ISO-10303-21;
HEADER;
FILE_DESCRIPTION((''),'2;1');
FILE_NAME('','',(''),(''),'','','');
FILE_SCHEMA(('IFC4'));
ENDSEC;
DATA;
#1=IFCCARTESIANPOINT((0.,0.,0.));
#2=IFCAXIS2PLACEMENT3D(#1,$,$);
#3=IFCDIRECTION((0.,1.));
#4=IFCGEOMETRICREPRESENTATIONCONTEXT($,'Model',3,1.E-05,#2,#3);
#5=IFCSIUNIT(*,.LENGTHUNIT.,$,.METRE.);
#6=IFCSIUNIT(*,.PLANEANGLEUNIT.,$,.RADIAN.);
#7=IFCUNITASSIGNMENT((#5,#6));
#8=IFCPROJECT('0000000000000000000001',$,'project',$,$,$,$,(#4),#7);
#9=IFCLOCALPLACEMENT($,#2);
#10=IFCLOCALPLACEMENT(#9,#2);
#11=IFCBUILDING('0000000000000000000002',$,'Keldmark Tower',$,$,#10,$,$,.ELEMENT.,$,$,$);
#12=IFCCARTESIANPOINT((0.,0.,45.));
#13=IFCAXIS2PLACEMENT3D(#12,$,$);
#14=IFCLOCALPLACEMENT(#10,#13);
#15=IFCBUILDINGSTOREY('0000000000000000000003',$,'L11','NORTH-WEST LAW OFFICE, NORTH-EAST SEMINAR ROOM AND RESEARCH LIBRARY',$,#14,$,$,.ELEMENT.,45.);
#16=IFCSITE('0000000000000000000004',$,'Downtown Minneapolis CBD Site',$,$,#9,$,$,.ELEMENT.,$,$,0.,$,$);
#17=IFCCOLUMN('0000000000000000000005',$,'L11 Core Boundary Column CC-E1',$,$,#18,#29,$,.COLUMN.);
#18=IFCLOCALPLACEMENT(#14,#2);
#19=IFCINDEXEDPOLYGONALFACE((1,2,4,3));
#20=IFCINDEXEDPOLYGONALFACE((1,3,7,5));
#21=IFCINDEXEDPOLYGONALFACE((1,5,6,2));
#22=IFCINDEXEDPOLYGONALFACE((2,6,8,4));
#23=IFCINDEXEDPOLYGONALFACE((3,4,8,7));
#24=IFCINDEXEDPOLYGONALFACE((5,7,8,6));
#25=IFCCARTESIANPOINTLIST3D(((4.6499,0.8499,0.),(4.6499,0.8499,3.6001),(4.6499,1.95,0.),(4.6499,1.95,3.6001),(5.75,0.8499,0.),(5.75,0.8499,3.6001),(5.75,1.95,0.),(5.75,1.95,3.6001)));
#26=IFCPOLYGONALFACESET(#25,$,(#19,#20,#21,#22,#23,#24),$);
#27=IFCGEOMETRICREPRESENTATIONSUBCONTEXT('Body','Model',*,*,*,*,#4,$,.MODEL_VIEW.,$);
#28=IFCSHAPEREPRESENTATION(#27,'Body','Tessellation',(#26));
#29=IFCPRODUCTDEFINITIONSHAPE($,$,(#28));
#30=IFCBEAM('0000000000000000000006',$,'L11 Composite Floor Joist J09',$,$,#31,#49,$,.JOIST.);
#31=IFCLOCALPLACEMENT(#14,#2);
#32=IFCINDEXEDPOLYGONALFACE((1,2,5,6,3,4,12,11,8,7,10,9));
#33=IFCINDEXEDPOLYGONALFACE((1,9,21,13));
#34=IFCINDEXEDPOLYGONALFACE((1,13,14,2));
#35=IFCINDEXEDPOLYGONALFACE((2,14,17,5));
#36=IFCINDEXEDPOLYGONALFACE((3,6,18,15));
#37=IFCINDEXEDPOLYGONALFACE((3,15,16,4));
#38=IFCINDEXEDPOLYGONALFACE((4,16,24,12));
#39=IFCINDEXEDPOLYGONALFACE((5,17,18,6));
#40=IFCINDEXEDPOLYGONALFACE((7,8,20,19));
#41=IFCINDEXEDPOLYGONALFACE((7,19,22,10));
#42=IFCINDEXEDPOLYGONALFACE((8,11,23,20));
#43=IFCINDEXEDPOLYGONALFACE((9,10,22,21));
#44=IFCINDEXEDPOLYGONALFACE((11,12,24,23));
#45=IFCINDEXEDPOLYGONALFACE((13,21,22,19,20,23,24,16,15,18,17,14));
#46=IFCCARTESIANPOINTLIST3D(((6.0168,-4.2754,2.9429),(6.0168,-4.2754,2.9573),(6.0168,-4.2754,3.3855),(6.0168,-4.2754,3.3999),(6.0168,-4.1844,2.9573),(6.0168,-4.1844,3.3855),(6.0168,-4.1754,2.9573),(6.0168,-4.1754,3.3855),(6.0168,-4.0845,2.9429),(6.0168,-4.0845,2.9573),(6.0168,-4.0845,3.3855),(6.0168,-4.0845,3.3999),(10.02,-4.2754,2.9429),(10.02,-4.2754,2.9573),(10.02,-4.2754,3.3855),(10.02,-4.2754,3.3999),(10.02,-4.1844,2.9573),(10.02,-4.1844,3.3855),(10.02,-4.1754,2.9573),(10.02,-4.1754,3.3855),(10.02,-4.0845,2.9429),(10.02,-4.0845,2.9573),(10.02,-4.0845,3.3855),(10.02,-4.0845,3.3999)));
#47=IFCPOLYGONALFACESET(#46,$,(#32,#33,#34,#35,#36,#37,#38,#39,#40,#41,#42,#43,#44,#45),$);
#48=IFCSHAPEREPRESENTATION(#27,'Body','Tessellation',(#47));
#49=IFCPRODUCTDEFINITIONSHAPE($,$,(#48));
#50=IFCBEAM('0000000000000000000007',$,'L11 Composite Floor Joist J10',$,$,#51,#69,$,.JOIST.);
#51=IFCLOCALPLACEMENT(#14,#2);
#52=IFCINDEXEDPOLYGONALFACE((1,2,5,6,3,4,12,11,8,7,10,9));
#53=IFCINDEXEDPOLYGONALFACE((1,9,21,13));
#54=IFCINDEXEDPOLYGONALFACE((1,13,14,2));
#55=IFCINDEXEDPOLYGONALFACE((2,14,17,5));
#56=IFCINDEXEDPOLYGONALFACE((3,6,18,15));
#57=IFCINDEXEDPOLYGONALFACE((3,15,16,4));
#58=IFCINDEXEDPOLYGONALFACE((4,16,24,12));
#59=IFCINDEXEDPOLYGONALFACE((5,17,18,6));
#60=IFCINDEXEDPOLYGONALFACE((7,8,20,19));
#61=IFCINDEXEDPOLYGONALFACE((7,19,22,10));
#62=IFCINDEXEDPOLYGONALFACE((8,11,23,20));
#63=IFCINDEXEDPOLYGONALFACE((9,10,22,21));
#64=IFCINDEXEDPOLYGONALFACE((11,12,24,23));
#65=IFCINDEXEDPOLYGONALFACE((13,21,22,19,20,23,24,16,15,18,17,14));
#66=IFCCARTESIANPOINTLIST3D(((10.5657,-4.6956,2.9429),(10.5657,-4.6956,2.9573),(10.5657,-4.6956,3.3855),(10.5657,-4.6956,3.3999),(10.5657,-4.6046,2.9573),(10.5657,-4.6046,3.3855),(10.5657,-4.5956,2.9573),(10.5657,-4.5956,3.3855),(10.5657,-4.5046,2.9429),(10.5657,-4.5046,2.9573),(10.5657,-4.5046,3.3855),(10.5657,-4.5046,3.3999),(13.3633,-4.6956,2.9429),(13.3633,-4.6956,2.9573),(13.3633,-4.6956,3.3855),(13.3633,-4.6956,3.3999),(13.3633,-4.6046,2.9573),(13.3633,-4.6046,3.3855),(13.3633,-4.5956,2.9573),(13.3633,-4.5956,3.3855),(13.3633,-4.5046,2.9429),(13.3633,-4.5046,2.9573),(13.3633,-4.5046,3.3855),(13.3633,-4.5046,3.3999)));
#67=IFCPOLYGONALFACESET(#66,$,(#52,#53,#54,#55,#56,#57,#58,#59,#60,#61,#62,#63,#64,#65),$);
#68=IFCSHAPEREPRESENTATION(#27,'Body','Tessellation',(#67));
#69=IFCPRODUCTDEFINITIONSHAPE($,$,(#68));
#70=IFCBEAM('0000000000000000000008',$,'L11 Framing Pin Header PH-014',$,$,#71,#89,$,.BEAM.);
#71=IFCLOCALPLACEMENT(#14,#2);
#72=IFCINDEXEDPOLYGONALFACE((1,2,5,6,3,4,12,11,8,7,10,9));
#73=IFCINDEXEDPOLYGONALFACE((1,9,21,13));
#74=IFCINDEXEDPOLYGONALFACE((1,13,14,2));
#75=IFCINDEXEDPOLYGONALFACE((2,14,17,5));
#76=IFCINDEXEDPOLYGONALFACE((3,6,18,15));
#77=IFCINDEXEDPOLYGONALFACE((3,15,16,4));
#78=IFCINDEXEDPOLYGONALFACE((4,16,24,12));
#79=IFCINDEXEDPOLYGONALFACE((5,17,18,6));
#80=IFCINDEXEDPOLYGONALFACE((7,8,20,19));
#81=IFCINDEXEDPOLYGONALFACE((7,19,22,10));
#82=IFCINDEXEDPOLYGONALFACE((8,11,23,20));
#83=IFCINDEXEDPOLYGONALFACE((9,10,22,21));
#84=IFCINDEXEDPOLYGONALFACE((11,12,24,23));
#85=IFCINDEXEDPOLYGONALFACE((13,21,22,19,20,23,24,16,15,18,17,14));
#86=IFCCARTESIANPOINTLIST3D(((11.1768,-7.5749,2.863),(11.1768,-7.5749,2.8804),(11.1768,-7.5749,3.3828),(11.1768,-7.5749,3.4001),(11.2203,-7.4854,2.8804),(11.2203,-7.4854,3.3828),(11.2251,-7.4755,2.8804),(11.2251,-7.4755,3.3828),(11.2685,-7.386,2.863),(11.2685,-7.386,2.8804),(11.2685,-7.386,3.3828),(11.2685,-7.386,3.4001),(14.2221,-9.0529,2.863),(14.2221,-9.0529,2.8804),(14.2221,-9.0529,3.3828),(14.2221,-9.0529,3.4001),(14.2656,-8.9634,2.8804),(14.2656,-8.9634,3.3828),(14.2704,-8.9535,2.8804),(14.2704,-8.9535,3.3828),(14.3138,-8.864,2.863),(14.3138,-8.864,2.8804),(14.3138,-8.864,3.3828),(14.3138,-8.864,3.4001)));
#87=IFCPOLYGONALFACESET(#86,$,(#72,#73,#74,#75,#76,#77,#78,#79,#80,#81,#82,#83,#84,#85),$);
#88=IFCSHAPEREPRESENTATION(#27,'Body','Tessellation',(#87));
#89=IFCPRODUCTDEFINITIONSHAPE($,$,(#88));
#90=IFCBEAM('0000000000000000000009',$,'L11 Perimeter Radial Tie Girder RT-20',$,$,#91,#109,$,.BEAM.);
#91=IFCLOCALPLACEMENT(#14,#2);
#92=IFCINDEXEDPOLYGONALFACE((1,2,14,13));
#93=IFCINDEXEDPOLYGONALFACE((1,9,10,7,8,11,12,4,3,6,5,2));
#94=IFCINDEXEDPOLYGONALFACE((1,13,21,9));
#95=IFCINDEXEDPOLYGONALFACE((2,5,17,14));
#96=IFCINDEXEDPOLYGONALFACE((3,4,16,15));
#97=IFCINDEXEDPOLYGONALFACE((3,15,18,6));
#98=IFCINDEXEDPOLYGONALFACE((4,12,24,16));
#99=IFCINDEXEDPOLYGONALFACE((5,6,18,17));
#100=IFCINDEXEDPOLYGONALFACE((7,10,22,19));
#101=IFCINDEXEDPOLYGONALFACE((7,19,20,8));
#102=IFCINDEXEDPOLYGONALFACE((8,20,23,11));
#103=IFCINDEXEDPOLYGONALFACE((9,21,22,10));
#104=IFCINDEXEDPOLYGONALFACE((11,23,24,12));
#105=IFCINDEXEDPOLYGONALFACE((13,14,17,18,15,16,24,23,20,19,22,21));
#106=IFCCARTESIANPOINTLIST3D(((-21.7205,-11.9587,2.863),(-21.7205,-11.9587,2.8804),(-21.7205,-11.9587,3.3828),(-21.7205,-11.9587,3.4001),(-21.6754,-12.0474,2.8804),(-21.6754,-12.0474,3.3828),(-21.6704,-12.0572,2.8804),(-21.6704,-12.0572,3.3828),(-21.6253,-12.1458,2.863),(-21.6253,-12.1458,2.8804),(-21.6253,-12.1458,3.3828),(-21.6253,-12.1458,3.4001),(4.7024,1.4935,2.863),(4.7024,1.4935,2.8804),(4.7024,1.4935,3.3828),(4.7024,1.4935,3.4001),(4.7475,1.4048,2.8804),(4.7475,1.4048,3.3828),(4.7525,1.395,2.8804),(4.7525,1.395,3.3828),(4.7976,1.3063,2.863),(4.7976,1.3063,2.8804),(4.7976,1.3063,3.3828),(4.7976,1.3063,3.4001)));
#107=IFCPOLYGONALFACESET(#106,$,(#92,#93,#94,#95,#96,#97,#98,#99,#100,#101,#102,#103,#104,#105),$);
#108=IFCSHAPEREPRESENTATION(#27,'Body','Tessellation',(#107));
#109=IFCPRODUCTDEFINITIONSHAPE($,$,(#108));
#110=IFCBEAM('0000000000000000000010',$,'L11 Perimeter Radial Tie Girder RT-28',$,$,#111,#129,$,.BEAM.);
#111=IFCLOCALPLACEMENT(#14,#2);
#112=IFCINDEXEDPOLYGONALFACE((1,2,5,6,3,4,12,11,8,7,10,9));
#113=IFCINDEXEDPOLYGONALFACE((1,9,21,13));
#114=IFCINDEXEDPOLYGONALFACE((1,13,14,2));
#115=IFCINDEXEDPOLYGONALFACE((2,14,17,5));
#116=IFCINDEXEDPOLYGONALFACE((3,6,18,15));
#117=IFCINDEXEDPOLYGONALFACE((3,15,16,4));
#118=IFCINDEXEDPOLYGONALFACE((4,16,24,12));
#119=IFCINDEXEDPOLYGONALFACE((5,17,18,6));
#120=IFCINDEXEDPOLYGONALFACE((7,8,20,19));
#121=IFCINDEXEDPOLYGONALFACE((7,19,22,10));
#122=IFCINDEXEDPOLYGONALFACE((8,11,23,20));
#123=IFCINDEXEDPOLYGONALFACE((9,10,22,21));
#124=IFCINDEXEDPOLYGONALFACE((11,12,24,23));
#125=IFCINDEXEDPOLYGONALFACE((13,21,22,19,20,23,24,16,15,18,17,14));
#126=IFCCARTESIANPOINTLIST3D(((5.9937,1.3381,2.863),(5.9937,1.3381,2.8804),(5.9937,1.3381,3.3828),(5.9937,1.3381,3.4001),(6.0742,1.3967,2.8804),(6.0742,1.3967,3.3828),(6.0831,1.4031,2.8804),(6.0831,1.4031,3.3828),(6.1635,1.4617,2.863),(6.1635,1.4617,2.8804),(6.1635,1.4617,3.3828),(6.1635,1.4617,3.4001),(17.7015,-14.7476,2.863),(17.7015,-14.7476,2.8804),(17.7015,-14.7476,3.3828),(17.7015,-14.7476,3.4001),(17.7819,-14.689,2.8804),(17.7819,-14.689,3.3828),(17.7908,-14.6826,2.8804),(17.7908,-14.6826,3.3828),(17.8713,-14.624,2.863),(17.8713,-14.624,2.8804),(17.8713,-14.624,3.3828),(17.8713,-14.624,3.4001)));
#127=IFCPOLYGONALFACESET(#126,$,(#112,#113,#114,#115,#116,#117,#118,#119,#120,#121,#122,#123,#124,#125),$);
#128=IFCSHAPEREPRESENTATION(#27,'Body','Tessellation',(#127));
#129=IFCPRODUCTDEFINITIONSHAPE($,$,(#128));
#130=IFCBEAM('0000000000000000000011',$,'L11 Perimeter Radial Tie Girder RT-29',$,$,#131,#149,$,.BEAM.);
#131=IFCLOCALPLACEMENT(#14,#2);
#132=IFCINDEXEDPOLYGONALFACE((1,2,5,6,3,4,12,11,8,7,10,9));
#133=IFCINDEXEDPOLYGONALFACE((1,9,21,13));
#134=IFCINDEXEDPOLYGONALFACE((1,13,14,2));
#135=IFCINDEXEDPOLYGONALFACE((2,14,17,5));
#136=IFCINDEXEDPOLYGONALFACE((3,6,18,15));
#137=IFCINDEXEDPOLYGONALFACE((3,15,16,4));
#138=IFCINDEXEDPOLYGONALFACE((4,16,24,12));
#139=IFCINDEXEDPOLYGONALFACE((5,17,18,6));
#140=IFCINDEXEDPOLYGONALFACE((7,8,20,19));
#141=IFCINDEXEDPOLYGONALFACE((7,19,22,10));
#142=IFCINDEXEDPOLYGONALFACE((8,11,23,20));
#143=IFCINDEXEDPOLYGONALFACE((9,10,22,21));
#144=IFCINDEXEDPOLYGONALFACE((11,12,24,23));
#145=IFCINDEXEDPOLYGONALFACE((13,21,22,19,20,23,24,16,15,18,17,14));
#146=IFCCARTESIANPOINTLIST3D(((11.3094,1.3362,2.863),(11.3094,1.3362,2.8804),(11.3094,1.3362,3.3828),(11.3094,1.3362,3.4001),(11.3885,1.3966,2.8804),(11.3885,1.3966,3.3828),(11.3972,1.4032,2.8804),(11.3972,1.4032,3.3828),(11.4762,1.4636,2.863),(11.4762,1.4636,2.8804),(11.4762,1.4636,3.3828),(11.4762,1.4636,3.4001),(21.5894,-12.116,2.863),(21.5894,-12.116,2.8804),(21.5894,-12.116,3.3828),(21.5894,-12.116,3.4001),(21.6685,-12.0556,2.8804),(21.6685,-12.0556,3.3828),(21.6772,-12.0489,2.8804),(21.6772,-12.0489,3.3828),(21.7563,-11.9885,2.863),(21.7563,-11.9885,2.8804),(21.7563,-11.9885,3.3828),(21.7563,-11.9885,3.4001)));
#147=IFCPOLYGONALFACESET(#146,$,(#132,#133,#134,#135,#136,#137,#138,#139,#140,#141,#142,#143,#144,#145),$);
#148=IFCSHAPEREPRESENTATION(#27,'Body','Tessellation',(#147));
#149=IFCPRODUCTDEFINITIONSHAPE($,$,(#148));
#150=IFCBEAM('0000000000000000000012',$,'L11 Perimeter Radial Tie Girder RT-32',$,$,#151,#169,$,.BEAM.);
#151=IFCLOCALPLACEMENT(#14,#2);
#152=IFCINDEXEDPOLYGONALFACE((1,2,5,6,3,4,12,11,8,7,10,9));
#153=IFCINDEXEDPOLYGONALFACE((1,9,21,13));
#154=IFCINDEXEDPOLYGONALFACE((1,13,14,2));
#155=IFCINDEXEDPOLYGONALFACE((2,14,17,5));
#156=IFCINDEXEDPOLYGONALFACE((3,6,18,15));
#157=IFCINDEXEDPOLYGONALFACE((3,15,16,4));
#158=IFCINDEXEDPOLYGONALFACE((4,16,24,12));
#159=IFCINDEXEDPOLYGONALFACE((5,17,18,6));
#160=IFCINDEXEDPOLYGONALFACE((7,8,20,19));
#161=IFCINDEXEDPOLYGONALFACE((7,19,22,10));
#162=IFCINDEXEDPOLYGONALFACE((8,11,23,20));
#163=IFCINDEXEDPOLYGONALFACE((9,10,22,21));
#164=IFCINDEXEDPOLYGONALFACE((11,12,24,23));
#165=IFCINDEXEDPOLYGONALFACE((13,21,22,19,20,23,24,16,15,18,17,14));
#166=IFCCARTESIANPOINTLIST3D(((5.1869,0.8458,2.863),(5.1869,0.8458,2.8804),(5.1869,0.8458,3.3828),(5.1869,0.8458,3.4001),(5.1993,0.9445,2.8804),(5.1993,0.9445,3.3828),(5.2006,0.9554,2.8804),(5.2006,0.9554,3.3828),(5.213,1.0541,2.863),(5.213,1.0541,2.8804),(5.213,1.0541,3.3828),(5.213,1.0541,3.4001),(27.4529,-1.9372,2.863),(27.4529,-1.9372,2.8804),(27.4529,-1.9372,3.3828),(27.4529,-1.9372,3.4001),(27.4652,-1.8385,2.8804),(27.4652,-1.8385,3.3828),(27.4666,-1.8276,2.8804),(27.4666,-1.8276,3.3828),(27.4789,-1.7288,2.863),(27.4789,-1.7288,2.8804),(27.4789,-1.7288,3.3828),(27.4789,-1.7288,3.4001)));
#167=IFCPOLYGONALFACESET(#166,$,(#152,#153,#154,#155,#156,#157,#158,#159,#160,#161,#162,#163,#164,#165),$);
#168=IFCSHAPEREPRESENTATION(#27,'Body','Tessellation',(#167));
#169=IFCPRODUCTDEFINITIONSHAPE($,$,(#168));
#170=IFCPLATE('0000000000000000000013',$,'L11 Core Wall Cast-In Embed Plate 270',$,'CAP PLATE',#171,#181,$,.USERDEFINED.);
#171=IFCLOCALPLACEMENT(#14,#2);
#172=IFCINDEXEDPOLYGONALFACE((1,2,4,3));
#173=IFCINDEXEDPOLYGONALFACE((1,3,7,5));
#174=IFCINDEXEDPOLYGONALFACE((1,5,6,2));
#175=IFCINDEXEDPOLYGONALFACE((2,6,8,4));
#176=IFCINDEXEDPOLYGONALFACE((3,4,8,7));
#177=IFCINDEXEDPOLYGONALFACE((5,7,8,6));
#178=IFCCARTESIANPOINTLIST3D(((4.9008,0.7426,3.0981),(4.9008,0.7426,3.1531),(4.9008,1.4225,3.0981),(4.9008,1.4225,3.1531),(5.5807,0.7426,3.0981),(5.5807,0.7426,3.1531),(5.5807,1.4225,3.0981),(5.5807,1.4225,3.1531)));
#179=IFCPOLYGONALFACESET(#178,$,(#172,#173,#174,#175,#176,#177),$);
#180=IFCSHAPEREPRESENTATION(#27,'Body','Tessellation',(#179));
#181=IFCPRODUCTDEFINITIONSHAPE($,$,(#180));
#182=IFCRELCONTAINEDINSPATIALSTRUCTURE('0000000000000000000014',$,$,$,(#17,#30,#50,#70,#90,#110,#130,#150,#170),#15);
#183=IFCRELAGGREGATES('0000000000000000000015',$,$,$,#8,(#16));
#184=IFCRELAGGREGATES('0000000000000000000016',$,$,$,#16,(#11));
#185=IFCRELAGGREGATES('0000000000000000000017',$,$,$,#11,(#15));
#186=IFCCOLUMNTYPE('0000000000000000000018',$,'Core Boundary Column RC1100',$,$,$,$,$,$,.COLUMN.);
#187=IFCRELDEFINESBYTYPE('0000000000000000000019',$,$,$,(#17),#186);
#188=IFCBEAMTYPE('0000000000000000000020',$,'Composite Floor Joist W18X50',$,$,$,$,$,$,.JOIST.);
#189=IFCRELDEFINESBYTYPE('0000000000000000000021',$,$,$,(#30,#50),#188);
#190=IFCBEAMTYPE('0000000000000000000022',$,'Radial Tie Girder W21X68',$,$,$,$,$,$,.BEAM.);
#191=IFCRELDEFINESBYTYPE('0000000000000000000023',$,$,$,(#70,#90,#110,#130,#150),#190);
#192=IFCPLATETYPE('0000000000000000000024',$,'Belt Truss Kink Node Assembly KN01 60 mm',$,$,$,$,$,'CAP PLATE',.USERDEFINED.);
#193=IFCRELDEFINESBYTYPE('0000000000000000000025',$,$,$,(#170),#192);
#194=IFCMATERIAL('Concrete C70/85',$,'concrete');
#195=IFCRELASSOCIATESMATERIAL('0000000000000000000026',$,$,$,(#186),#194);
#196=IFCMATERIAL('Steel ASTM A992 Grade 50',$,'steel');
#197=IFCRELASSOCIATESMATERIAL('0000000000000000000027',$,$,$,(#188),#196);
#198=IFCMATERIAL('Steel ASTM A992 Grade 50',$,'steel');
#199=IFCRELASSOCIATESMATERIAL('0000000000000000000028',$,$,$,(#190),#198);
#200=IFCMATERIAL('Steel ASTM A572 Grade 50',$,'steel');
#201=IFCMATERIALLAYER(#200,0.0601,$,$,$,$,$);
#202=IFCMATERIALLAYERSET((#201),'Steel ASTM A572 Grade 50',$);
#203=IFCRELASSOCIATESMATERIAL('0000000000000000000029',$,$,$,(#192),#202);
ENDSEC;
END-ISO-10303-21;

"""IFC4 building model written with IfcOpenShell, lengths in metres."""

from ifc_helpers import new_model, si_unit, direction, frame, origin, origin_2d, place, context, subcontext, project, spatial, rectangle, i_section, extrude, material, layer, layer_set, material_profile, profile_set, type_object, element, save


model = new_model("IFC4")

# Units and contexts
model_context = context("Model", 3, precision=1e-05, world=origin(), true_north=direction((0.0, 1.0)))
body_context = subcontext(model_context, "Body", "Model", "MODEL_VIEW")
ifc_project = project(units=[si_unit("LENGTHUNIT", "METRE"), si_unit("PLANEANGLEUNIT", "RADIAN")], contexts=[model_context])

# Site, building, storey
site_placement = place(None, origin())
site = spatial("IfcSite", under=ifc_project, at=site_placement, Name="Downtown Minneapolis CBD Site", CompositionType="ELEMENT", RefElevation=0.0)
building_placement = place(site_placement, origin())
building = spatial("IfcBuilding", under=site, at=building_placement, Name="Keldmark Tower", CompositionType="ELEMENT")
storey_placement = place(building_placement, frame((0.0, 0.0, 45.0)))
storey = spatial("IfcBuildingStorey", under=building, at=storey_placement, Name="L11", Description="NORTH-WEST LAW OFFICE, NORTH-EAST SEMINAR ROOM AND RESEARCH LIBRARY", CompositionType="ELEMENT", Elevation=45.0)

# Column
ifc_material_1 = material(Name="Concrete C70/85", Category="concrete")
ifc_material_profile_1 = material_profile(ifc_material_1, rectangle(XDim=1.1001, YDim=1.1001, at=origin_2d()), Name="RC1100X1100")
ifc_profile_set_1 = profile_set([ifc_material_profile_1], Name="Concrete C70/85")
column_type = type_object("IfcColumnType", Name="Core Boundary Column RC1100", PredefinedType="COLUMN", material=ifc_profile_set_1)
column_placement = place(storey_placement, frame((5.2, 1.3999, 0.0), z_axis=(0.0, 0.0, 1.0), x_axis=(1.0, 0.0, 0.0)))
element("IfcColumn", 1, at=column_placement, inside=storey, type_object=column_type, Name="L11 Core Boundary Column CC-E1", PredefinedType="COLUMN", context=body_context, shape_type="SweptSolid", body=[
    extrude(rectangle(XDim=1.1001, YDim=1.1001, at=origin_2d()), origin(), (0.0, 0.0, 1.0), 3.6001),
])

# Beams
ifc_material_2 = material(Name="Steel ASTM A992 Grade 50", Category="steel")
ifc_material_profile_2 = material_profile(ifc_material_2, i_section(OverallWidth=0.1909, OverallDepth=0.457, WebThickness=0.009, FlangeThickness=0.0144, at=origin_2d()), Name="W18X50")
ifc_profile_set_2 = profile_set([ifc_material_profile_2], Name="Steel ASTM A992 Grade 50")
beam_type_1 = type_object("IfcBeamType", Name="Composite Floor Joist W18X50", PredefinedType="JOIST", material=ifc_profile_set_2)
beam_1_placement = place(storey_placement, frame((6.0168, -4.1799, 3.1714), z_axis=(1.0, 0.0, 0.0), x_axis=(0.0, 1.0, 0.0)))
element("IfcBeam", 2, at=beam_1_placement, inside=storey, type_object=beam_type_1, Name="L11 Composite Floor Joist J09", PredefinedType="JOIST", context=body_context, shape_type="SweptSolid", body=[
    extrude(i_section(OverallWidth=0.1909, OverallDepth=0.457, WebThickness=0.009, FlangeThickness=0.0144, at=origin_2d()), origin(), (0.0, 0.0, 1.0), 4.0032),
])
beam_2_placement = place(storey_placement, frame((10.5657, -4.6001, 3.1714), z_axis=(1.0, 0.0, 0.0), x_axis=(0.0, 1.0, 0.0)))
element("IfcBeam", 3, at=beam_2_placement, inside=storey, type_object=beam_type_1, Name="L11 Composite Floor Joist J10", PredefinedType="JOIST", context=body_context, shape_type="SweptSolid", body=[
    extrude(i_section(OverallWidth=0.1909, OverallDepth=0.457, WebThickness=0.009, FlangeThickness=0.0144, at=origin_2d()), origin(), (0.0, 0.0, 1.0), 2.7976),
])
ifc_material_3 = material(Name="Steel ASTM A992 Grade 50", Category="steel")
ifc_material_profile_3 = material_profile(ifc_material_3, i_section(OverallWidth=0.21, OverallDepth=0.5371, WebThickness=0.011, FlangeThickness=0.0173, at=origin_2d()), Name="W21X68")
ifc_profile_set_3 = profile_set([ifc_material_profile_3], Name="Steel ASTM A992 Grade 50")
beam_type_2 = type_object("IfcBeamType", Name="Radial Tie Girder W21X68", PredefinedType="BEAM", material=ifc_profile_set_3)
beam_3_placement = place(storey_placement, frame((11.2227, -7.4805, 3.1316), z_axis=(0.899644, -0.436624, 0.0), x_axis=(0.436624, 0.899644, 0.0)))
element("IfcBeam", 4, at=beam_3_placement, inside=storey, type_object=beam_type_2, Name="L11 Framing Pin Header PH-014", PredefinedType="BEAM", context=body_context, shape_type="SweptSolid", body=[
    extrude(i_section(OverallWidth=0.21, OverallDepth=0.5371, WebThickness=0.011, FlangeThickness=0.0173, at=origin_2d()), origin(), (0.0, 0.0, 1.0), 3.385),
])
beam_4_placement = place(storey_placement, frame((4.75, 1.3999, 3.1316), z_axis=(-0.891156, -0.453697, 0.0), x_axis=(0.453697, -0.891156, 0.0)))
element("IfcBeam", 5, at=beam_4_placement, inside=storey, type_object=beam_type_2, Name="L11 Perimeter Radial Tie Girder RT-20", PredefinedType="BEAM", context=body_context, shape_type="SweptSolid", body=[
    extrude(i_section(OverallWidth=0.21, OverallDepth=0.5371, WebThickness=0.011, FlangeThickness=0.0173, at=origin_2d()), origin(), (0.0, 0.0, 1.0), 29.6501),
])
beam_5_placement = place(storey_placement, frame((6.0786, 1.3999, 3.1316), z_axis=(0.58847, -0.808519, 0.0), x_axis=(0.808519, 0.58847, 0.0)))
element("IfcBeam", 6, at=beam_5_placement, inside=storey, type_object=beam_type_2, Name="L11 Perimeter Radial Tie Girder RT-28", PredefinedType="BEAM", context=body_context, shape_type="SweptSolid", body=[
    extrude(i_section(OverallWidth=0.21, OverallDepth=0.5371, WebThickness=0.011, FlangeThickness=0.0173, at=origin_2d()), origin(), (0.0, 0.0, 1.0), 19.8953),
])
beam_6_placement = place(storey_placement, frame((11.3928, 1.3999, 3.1316), z_axis=(0.607193, -0.794555, 0.0), x_axis=(0.794555, 0.607193, 0.0)))
element("IfcBeam", 7, at=beam_6_placement, inside=storey, type_object=beam_type_2, Name="L11 Perimeter Radial Tie Girder RT-29", PredefinedType="BEAM", context=body_context, shape_type="SweptSolid", body=[
    extrude(i_section(OverallWidth=0.21, OverallDepth=0.5371, WebThickness=0.011, FlangeThickness=0.0173, at=origin_2d()), origin(), (0.0, 0.0, 1.0), 16.9304),
])
beam_7_placement = place(storey_placement, frame((5.2, 0.95, 3.1316), z_axis=(0.992279, -0.124023, 0.0), x_axis=(0.124023, 0.992279, 0.0)))
element("IfcBeam", 8, at=beam_7_placement, inside=storey, type_object=beam_type_2, Name="L11 Perimeter Radial Tie Girder RT-32", PredefinedType="BEAM", context=body_context, shape_type="SweptSolid", body=[
    extrude(i_section(OverallWidth=0.21, OverallDepth=0.5371, WebThickness=0.011, FlangeThickness=0.0173, at=origin_2d()), origin(), (0.0, 0.0, 1.0), 22.4392),
])

# Plate
ifc_material_4 = material(Name="Steel ASTM A572 Grade 50", Category="steel")
ifc_layer_1 = layer(ifc_material_4, 0.0601)
ifc_layer_set_1 = layer_set([ifc_layer_1], Name="Steel ASTM A572 Grade 50")
plate_type = type_object("IfcPlateType", Name="Belt Truss Kink Node Assembly KN01 60 mm", ElementType="CAP PLATE", PredefinedType="USERDEFINED", material=ifc_layer_set_1)
for number, where, z_axis, x_axis, name in (
    (9, (5.2407, 1.0825, 3.0981), (0.0, 0.0, 1.0), (1.0, 0.0, 0.0), "L11 Core Wall Cast-In Embed Plate 270"),
):
    element("IfcPlate", number, at=place(storey_placement, frame(where, z_axis=z_axis, x_axis=x_axis)), inside=storey, type_object=plate_type, Name=name, ObjectType="CAP PLATE", PredefinedType="USERDEFINED", context=body_context, shape_type="SweptSolid", body=[
        extrude(rectangle(XDim=0.6799, YDim=0.6799, at=origin_2d()), origin(), (0.0, 0.0, 1.0), 0.0549),
    ])

save(model, "model.ifc")
